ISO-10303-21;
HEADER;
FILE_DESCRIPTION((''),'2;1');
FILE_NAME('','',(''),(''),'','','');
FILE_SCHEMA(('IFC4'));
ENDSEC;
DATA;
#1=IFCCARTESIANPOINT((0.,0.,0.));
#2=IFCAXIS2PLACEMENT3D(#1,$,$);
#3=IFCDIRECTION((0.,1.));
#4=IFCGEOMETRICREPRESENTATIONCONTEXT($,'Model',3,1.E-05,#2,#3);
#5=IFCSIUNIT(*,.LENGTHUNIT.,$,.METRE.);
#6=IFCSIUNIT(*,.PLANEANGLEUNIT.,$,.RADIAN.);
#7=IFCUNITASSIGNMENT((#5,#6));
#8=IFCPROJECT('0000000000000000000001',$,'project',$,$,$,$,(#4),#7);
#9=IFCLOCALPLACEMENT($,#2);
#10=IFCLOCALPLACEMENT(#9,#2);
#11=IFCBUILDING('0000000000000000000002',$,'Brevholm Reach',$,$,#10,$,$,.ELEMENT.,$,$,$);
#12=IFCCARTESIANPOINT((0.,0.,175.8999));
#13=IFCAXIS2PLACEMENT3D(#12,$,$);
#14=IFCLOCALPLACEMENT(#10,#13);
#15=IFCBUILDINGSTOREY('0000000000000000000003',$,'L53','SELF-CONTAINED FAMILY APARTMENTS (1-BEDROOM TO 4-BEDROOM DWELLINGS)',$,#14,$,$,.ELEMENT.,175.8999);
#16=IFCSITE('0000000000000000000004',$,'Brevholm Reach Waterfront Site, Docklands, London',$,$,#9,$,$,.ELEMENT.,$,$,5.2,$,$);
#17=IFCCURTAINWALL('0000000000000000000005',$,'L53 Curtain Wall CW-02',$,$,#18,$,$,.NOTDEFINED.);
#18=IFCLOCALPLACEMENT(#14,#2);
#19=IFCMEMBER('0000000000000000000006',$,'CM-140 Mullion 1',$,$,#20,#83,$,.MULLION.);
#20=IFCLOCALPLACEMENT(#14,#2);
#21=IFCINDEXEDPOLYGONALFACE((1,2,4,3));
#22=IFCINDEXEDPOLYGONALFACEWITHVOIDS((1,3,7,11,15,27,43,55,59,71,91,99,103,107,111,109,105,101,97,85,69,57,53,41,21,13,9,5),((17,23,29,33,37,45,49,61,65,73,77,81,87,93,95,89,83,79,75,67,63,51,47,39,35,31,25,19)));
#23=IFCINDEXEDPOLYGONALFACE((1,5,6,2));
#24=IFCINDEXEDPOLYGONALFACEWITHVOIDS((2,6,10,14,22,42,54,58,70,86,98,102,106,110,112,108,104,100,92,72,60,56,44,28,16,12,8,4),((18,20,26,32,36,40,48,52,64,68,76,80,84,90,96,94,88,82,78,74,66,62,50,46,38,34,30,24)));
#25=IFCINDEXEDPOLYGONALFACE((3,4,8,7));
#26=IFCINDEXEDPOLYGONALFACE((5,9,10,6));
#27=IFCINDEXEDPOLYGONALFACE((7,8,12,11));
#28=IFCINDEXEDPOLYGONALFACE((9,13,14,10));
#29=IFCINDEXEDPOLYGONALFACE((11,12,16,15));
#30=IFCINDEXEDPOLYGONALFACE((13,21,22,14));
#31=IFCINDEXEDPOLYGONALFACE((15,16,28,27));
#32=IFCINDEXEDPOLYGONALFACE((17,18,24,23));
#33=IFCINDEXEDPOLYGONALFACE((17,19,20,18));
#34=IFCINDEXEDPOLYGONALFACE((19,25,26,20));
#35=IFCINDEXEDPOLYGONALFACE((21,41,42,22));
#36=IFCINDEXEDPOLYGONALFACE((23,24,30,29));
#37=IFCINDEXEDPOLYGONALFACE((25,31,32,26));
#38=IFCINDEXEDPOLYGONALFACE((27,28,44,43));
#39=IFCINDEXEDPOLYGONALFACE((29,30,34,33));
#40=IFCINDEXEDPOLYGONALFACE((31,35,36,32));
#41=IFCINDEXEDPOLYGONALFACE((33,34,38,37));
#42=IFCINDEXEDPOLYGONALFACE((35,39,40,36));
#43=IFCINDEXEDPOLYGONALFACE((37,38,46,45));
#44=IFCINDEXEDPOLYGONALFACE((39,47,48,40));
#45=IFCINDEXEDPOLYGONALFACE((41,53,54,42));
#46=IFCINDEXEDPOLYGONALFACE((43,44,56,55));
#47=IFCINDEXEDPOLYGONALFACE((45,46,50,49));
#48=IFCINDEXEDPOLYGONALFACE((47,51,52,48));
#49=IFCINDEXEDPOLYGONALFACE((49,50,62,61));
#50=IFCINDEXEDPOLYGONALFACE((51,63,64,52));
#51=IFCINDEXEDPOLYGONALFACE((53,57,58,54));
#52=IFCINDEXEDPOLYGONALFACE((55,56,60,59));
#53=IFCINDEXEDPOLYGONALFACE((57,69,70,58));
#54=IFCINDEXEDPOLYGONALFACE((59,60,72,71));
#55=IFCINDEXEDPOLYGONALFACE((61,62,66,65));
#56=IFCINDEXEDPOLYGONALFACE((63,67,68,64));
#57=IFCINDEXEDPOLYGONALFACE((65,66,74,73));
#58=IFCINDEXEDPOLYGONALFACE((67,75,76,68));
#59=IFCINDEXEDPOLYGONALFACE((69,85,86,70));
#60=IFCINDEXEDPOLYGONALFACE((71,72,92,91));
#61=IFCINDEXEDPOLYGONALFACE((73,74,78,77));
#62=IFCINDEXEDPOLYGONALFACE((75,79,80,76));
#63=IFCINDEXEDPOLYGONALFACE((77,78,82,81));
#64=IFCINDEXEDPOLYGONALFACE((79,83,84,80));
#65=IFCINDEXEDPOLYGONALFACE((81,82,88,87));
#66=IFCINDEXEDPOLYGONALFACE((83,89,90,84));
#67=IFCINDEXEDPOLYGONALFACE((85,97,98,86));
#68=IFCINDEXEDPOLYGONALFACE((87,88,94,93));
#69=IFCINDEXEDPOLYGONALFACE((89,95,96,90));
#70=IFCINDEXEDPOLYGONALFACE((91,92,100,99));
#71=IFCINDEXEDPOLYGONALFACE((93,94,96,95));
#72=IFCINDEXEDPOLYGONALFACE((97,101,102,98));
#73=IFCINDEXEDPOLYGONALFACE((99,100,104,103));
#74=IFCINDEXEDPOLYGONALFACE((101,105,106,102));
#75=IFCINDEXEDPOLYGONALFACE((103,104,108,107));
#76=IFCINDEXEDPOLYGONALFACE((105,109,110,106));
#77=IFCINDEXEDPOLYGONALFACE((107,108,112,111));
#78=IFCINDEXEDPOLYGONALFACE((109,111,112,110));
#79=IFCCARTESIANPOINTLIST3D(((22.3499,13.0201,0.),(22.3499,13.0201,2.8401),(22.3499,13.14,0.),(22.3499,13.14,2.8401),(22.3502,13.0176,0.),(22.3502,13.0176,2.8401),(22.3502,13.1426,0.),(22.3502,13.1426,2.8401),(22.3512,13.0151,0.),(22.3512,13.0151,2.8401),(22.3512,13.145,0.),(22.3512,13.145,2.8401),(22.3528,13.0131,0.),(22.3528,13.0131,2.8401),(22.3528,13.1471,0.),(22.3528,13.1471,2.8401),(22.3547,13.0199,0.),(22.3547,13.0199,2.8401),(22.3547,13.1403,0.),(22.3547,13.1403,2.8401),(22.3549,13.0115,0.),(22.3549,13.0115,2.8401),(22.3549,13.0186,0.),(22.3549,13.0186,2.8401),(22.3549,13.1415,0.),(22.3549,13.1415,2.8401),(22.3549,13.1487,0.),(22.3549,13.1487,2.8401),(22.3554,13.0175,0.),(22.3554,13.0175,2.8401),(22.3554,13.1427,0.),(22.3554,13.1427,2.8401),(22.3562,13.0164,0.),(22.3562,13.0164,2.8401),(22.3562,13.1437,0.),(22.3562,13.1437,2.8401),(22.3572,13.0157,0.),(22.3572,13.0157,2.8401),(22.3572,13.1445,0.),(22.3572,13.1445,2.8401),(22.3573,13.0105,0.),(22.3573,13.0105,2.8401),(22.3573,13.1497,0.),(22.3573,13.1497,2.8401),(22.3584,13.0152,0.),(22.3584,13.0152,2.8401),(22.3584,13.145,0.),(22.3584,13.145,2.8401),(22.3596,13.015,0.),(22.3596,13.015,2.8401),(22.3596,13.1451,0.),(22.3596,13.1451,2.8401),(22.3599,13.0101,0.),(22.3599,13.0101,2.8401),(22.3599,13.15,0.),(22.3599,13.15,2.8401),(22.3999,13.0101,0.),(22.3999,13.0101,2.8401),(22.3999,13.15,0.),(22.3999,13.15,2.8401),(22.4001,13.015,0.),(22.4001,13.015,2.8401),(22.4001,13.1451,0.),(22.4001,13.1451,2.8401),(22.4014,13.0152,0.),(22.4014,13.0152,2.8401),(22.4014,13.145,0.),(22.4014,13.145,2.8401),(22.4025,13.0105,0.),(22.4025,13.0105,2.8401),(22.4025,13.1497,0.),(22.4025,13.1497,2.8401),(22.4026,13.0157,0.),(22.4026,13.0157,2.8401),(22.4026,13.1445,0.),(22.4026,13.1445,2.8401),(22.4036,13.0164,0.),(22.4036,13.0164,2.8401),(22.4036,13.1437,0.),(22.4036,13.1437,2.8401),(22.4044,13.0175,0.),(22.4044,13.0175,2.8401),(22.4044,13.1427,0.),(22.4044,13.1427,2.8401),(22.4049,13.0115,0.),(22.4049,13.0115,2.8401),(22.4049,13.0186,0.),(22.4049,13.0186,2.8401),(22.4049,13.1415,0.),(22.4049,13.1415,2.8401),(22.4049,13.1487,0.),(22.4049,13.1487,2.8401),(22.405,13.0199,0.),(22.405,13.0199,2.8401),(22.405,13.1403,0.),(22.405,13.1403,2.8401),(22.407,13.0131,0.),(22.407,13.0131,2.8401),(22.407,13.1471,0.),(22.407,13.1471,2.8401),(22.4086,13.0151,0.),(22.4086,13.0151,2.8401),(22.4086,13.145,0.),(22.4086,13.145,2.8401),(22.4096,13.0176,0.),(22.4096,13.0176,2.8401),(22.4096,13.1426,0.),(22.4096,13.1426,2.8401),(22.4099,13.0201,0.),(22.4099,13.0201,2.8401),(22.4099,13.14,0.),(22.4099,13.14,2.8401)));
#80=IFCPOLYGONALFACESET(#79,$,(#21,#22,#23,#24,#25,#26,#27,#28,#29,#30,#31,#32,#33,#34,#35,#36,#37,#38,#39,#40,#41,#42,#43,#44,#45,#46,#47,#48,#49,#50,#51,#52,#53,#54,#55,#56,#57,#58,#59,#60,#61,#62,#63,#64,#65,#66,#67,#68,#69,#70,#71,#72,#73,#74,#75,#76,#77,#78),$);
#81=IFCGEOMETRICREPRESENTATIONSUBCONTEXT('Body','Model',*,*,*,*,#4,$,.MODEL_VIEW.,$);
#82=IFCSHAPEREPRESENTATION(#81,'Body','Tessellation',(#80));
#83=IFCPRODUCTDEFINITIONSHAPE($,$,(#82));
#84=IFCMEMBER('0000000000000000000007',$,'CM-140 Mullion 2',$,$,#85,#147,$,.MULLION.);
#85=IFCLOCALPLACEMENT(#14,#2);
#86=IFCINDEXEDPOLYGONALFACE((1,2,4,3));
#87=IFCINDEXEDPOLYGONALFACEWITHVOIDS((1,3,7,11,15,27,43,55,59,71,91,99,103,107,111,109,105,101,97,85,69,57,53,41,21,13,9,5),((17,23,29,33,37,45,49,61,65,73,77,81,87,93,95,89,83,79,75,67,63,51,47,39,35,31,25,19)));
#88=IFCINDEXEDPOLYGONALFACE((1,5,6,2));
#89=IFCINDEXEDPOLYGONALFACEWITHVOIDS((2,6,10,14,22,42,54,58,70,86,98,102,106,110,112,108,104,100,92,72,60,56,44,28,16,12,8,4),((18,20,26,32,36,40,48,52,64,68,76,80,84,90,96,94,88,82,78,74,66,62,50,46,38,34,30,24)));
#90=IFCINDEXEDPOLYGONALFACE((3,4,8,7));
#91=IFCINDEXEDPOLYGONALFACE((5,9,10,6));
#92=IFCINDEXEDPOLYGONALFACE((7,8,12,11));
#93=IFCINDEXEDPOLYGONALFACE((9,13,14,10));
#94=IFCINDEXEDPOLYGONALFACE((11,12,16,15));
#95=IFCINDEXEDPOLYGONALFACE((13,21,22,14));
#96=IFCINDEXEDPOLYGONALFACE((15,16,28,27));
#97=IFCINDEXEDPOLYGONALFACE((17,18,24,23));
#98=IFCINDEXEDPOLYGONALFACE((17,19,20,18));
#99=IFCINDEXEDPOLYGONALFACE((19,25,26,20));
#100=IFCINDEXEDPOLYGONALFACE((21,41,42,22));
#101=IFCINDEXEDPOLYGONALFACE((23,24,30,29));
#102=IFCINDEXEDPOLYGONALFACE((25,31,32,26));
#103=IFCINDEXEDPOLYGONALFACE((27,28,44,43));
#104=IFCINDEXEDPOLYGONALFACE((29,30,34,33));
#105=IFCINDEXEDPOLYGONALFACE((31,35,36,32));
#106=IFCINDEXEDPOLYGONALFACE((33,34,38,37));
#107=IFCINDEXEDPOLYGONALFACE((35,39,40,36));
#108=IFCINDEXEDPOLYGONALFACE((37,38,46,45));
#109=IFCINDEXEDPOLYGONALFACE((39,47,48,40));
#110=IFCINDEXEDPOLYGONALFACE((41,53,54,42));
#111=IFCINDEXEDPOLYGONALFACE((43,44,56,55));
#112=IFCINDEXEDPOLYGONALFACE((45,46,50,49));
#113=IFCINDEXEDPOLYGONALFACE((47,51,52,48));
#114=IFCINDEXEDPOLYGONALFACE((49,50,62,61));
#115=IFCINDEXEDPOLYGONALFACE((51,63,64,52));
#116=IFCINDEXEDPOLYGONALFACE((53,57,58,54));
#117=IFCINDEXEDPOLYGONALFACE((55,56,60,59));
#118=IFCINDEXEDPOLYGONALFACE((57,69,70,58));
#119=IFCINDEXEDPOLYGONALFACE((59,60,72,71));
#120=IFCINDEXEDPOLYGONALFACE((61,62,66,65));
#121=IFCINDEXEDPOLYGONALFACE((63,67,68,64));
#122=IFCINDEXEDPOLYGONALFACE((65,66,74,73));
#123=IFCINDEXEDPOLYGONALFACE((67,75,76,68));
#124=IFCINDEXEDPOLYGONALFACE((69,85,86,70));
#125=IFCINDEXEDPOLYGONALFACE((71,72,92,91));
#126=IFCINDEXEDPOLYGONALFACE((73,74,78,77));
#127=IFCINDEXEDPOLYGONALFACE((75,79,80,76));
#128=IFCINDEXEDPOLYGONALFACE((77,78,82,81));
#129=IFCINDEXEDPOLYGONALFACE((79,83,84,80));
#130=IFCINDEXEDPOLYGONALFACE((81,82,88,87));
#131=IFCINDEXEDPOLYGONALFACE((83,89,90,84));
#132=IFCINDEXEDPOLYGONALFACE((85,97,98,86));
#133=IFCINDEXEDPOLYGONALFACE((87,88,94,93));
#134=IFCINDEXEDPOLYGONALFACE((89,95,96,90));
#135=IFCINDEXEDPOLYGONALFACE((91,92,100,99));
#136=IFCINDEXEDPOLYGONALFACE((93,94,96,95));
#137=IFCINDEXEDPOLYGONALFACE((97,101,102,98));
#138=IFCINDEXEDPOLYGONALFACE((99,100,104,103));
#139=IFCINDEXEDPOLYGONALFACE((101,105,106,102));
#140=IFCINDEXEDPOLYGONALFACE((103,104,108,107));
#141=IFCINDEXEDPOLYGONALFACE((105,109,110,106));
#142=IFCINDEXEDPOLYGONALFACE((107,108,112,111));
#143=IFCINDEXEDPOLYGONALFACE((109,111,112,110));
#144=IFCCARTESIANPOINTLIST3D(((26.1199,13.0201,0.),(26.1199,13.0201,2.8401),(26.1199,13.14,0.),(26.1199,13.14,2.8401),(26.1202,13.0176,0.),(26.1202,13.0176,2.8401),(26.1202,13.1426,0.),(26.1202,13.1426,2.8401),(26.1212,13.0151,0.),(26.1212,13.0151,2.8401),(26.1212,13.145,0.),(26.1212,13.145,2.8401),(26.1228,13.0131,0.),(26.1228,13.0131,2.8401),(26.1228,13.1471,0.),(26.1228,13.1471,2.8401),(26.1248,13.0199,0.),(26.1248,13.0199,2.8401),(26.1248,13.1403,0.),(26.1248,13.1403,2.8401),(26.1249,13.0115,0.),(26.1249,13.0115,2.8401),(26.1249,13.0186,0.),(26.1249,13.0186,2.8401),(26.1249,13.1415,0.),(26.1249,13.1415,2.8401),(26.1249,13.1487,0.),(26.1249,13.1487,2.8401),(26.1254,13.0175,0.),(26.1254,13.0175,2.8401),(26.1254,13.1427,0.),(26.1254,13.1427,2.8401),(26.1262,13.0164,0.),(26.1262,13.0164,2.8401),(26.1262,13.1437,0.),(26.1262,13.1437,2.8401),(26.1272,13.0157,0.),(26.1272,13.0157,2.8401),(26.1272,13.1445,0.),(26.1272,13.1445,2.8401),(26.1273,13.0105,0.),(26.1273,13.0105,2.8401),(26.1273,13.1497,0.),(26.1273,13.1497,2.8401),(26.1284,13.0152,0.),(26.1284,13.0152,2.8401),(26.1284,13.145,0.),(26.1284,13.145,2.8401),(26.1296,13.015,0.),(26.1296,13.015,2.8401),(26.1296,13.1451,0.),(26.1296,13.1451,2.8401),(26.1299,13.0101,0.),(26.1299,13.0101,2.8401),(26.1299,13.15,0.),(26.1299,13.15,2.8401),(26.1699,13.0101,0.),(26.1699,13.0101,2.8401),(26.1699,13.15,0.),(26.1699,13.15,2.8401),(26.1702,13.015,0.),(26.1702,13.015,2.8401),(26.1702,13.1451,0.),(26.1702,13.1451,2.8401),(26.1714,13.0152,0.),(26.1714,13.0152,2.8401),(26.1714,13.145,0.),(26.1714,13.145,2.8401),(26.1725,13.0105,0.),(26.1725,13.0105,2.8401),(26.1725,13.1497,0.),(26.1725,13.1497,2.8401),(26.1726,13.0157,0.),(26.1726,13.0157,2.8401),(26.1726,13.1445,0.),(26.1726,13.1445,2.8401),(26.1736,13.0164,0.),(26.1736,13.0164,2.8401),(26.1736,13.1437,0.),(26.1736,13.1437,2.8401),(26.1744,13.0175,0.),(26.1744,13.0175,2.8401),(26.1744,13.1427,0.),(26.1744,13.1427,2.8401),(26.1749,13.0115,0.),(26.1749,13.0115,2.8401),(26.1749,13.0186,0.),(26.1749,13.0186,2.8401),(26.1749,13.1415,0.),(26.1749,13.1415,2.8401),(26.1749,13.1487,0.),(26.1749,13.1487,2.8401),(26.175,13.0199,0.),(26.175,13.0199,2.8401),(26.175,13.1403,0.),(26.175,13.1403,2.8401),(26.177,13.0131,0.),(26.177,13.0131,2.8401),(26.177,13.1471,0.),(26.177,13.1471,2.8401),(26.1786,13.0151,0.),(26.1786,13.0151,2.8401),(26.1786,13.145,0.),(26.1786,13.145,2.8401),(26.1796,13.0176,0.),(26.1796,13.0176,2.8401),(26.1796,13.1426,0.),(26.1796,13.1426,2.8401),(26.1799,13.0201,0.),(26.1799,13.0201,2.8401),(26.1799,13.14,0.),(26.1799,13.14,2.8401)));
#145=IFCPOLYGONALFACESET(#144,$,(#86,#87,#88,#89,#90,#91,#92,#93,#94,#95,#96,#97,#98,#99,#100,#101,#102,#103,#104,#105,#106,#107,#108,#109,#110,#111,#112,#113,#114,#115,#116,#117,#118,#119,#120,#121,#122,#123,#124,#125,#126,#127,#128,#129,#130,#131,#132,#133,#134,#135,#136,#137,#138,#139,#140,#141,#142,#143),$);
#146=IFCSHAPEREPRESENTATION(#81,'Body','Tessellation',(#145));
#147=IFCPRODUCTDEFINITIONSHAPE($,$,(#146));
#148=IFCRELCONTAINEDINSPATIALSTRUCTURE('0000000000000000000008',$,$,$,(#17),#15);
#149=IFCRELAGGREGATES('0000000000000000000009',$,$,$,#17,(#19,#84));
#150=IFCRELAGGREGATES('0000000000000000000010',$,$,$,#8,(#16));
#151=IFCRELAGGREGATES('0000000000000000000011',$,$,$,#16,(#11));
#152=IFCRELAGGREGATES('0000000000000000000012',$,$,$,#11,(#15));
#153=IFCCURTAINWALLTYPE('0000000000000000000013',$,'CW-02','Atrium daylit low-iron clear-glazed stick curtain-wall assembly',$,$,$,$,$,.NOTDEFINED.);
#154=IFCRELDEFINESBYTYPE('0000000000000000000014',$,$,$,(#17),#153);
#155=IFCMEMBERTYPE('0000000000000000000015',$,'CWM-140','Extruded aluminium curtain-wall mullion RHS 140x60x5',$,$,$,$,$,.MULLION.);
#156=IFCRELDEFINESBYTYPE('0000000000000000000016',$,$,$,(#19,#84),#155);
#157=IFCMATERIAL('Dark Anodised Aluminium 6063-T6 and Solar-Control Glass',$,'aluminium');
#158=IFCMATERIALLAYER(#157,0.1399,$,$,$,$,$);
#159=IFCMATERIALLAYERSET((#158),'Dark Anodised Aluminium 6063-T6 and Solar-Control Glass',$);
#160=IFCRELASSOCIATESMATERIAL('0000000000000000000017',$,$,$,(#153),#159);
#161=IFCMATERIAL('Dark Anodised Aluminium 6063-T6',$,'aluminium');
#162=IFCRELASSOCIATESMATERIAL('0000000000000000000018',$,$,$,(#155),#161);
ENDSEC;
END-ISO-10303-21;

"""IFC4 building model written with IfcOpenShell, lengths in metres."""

from ifc_helpers import new_model, si_unit, direction, frame, origin, origin_2d, place, context, subcontext, project, spatial, hollow_rectangle, extrude, material, layer, layer_set, material_profile, profile_set, type_object, element, aggregate, save


model = new_model("IFC4")

# Units and contexts
model_context = context("Model", 3, precision=1e-05, world=origin(), true_north=direction((0.0, 1.0)))
body_context = subcontext(model_context, "Body", "Model", "MODEL_VIEW")
ifc_project = project(units=[si_unit("LENGTHUNIT", "METRE"), si_unit("PLANEANGLEUNIT", "RADIAN")], contexts=[model_context])

# Site, building, storey
site_placement = place(None, origin())
site = spatial("IfcSite", under=ifc_project, at=site_placement, Name="Brevholm Reach Waterfront Site, Docklands, London", CompositionType="ELEMENT", RefElevation=5.2)
building_placement = place(site_placement, origin())
building = spatial("IfcBuilding", under=site, at=building_placement, Name="Brevholm Reach", CompositionType="ELEMENT")
storey_placement = place(building_placement, frame((0.0, 0.0, 175.8999)))
storey = spatial("IfcBuildingStorey", under=building, at=storey_placement, Name="L53", Description="SELF-CONTAINED FAMILY APARTMENTS (1-BEDROOM TO 4-BEDROOM DWELLINGS)", CompositionType="ELEMENT", Elevation=175.8999)

# Curtain wall, members
ifc_material_1 = material(Name="Dark Anodised Aluminium 6063-T6 and Solar-Control Glass", Category="aluminium")
ifc_layer_1 = layer(ifc_material_1, 0.1399)
ifc_layer_set_1 = layer_set([ifc_layer_1], Name="Dark Anodised Aluminium 6063-T6 and Solar-Control Glass")
curtain_wall_type = type_object("IfcCurtainWallType", Name="CW-02", Description="Atrium daylit low-iron clear-glazed stick curtain-wall assembly", PredefinedType="NOTDEFINED", material=ifc_layer_set_1)
curtain_wall_placement = place(storey_placement, origin())
curtain_wall = element("IfcCurtainWall", 1, at=curtain_wall_placement, inside=storey, type_object=curtain_wall_type, Name="L53 Curtain Wall CW-02", PredefinedType="NOTDEFINED")
ifc_material_2 = material(Name="Dark Anodised Aluminium 6063-T6", Category="aluminium")
ifc_material_profile_1 = material_profile(ifc_material_2, hollow_rectangle(XDim=0.0601, YDim=0.1399, WallThickness=0.0049, InnerFilletRadius=0.0049, OuterFilletRadius=0.01, at=origin_2d()), Name="RHS 140x60x5")
ifc_profile_set_1 = profile_set([ifc_material_profile_1], Name="Dark Anodised Aluminium 6063-T6")
member_type_1 = type_object("IfcMemberType", Name="CWM-140", Description="Extruded aluminium curtain-wall mullion RHS 140x60x5", PredefinedType="MULLION", material=ifc_profile_set_1)
member_1_placement = place(storey_placement, frame((22.3799, 13.0801, 0.0), z_axis=(0.0, 0.0, 1.0), x_axis=(1.0, 0.0, 0.0)))
member_1 = element("IfcMember", 2, at=member_1_placement, type_object=member_type_1, Name="CM-140 Mullion 1", PredefinedType="MULLION", context=body_context, shape_type="SweptSolid", body=[
    extrude(hollow_rectangle(XDim=0.0601, YDim=0.1399, WallThickness=0.0049, InnerFilletRadius=0.0049, OuterFilletRadius=0.01, at=origin_2d()), origin(), (0.0, 0.0, 1.0), 2.8401),
])
member_2_placement = place(storey_placement, frame((26.1499, 13.0801, 0.0), z_axis=(0.0, 0.0, 1.0), x_axis=(1.0, 0.0, 0.0)))
member_2 = element("IfcMember", 3, at=member_2_placement, type_object=member_type_1, Name="CM-140 Mullion 2", PredefinedType="MULLION", context=body_context, shape_type="SweptSolid", body=[
    extrude(hollow_rectangle(XDim=0.0601, YDim=0.1399, WallThickness=0.0049, InnerFilletRadius=0.0049, OuterFilletRadius=0.01, at=origin_2d()), origin(), (0.0, 0.0, 1.0), 2.8401),
])
aggregate(curtain_wall, [member_1, member_2])

save(model, "model.ifc")
